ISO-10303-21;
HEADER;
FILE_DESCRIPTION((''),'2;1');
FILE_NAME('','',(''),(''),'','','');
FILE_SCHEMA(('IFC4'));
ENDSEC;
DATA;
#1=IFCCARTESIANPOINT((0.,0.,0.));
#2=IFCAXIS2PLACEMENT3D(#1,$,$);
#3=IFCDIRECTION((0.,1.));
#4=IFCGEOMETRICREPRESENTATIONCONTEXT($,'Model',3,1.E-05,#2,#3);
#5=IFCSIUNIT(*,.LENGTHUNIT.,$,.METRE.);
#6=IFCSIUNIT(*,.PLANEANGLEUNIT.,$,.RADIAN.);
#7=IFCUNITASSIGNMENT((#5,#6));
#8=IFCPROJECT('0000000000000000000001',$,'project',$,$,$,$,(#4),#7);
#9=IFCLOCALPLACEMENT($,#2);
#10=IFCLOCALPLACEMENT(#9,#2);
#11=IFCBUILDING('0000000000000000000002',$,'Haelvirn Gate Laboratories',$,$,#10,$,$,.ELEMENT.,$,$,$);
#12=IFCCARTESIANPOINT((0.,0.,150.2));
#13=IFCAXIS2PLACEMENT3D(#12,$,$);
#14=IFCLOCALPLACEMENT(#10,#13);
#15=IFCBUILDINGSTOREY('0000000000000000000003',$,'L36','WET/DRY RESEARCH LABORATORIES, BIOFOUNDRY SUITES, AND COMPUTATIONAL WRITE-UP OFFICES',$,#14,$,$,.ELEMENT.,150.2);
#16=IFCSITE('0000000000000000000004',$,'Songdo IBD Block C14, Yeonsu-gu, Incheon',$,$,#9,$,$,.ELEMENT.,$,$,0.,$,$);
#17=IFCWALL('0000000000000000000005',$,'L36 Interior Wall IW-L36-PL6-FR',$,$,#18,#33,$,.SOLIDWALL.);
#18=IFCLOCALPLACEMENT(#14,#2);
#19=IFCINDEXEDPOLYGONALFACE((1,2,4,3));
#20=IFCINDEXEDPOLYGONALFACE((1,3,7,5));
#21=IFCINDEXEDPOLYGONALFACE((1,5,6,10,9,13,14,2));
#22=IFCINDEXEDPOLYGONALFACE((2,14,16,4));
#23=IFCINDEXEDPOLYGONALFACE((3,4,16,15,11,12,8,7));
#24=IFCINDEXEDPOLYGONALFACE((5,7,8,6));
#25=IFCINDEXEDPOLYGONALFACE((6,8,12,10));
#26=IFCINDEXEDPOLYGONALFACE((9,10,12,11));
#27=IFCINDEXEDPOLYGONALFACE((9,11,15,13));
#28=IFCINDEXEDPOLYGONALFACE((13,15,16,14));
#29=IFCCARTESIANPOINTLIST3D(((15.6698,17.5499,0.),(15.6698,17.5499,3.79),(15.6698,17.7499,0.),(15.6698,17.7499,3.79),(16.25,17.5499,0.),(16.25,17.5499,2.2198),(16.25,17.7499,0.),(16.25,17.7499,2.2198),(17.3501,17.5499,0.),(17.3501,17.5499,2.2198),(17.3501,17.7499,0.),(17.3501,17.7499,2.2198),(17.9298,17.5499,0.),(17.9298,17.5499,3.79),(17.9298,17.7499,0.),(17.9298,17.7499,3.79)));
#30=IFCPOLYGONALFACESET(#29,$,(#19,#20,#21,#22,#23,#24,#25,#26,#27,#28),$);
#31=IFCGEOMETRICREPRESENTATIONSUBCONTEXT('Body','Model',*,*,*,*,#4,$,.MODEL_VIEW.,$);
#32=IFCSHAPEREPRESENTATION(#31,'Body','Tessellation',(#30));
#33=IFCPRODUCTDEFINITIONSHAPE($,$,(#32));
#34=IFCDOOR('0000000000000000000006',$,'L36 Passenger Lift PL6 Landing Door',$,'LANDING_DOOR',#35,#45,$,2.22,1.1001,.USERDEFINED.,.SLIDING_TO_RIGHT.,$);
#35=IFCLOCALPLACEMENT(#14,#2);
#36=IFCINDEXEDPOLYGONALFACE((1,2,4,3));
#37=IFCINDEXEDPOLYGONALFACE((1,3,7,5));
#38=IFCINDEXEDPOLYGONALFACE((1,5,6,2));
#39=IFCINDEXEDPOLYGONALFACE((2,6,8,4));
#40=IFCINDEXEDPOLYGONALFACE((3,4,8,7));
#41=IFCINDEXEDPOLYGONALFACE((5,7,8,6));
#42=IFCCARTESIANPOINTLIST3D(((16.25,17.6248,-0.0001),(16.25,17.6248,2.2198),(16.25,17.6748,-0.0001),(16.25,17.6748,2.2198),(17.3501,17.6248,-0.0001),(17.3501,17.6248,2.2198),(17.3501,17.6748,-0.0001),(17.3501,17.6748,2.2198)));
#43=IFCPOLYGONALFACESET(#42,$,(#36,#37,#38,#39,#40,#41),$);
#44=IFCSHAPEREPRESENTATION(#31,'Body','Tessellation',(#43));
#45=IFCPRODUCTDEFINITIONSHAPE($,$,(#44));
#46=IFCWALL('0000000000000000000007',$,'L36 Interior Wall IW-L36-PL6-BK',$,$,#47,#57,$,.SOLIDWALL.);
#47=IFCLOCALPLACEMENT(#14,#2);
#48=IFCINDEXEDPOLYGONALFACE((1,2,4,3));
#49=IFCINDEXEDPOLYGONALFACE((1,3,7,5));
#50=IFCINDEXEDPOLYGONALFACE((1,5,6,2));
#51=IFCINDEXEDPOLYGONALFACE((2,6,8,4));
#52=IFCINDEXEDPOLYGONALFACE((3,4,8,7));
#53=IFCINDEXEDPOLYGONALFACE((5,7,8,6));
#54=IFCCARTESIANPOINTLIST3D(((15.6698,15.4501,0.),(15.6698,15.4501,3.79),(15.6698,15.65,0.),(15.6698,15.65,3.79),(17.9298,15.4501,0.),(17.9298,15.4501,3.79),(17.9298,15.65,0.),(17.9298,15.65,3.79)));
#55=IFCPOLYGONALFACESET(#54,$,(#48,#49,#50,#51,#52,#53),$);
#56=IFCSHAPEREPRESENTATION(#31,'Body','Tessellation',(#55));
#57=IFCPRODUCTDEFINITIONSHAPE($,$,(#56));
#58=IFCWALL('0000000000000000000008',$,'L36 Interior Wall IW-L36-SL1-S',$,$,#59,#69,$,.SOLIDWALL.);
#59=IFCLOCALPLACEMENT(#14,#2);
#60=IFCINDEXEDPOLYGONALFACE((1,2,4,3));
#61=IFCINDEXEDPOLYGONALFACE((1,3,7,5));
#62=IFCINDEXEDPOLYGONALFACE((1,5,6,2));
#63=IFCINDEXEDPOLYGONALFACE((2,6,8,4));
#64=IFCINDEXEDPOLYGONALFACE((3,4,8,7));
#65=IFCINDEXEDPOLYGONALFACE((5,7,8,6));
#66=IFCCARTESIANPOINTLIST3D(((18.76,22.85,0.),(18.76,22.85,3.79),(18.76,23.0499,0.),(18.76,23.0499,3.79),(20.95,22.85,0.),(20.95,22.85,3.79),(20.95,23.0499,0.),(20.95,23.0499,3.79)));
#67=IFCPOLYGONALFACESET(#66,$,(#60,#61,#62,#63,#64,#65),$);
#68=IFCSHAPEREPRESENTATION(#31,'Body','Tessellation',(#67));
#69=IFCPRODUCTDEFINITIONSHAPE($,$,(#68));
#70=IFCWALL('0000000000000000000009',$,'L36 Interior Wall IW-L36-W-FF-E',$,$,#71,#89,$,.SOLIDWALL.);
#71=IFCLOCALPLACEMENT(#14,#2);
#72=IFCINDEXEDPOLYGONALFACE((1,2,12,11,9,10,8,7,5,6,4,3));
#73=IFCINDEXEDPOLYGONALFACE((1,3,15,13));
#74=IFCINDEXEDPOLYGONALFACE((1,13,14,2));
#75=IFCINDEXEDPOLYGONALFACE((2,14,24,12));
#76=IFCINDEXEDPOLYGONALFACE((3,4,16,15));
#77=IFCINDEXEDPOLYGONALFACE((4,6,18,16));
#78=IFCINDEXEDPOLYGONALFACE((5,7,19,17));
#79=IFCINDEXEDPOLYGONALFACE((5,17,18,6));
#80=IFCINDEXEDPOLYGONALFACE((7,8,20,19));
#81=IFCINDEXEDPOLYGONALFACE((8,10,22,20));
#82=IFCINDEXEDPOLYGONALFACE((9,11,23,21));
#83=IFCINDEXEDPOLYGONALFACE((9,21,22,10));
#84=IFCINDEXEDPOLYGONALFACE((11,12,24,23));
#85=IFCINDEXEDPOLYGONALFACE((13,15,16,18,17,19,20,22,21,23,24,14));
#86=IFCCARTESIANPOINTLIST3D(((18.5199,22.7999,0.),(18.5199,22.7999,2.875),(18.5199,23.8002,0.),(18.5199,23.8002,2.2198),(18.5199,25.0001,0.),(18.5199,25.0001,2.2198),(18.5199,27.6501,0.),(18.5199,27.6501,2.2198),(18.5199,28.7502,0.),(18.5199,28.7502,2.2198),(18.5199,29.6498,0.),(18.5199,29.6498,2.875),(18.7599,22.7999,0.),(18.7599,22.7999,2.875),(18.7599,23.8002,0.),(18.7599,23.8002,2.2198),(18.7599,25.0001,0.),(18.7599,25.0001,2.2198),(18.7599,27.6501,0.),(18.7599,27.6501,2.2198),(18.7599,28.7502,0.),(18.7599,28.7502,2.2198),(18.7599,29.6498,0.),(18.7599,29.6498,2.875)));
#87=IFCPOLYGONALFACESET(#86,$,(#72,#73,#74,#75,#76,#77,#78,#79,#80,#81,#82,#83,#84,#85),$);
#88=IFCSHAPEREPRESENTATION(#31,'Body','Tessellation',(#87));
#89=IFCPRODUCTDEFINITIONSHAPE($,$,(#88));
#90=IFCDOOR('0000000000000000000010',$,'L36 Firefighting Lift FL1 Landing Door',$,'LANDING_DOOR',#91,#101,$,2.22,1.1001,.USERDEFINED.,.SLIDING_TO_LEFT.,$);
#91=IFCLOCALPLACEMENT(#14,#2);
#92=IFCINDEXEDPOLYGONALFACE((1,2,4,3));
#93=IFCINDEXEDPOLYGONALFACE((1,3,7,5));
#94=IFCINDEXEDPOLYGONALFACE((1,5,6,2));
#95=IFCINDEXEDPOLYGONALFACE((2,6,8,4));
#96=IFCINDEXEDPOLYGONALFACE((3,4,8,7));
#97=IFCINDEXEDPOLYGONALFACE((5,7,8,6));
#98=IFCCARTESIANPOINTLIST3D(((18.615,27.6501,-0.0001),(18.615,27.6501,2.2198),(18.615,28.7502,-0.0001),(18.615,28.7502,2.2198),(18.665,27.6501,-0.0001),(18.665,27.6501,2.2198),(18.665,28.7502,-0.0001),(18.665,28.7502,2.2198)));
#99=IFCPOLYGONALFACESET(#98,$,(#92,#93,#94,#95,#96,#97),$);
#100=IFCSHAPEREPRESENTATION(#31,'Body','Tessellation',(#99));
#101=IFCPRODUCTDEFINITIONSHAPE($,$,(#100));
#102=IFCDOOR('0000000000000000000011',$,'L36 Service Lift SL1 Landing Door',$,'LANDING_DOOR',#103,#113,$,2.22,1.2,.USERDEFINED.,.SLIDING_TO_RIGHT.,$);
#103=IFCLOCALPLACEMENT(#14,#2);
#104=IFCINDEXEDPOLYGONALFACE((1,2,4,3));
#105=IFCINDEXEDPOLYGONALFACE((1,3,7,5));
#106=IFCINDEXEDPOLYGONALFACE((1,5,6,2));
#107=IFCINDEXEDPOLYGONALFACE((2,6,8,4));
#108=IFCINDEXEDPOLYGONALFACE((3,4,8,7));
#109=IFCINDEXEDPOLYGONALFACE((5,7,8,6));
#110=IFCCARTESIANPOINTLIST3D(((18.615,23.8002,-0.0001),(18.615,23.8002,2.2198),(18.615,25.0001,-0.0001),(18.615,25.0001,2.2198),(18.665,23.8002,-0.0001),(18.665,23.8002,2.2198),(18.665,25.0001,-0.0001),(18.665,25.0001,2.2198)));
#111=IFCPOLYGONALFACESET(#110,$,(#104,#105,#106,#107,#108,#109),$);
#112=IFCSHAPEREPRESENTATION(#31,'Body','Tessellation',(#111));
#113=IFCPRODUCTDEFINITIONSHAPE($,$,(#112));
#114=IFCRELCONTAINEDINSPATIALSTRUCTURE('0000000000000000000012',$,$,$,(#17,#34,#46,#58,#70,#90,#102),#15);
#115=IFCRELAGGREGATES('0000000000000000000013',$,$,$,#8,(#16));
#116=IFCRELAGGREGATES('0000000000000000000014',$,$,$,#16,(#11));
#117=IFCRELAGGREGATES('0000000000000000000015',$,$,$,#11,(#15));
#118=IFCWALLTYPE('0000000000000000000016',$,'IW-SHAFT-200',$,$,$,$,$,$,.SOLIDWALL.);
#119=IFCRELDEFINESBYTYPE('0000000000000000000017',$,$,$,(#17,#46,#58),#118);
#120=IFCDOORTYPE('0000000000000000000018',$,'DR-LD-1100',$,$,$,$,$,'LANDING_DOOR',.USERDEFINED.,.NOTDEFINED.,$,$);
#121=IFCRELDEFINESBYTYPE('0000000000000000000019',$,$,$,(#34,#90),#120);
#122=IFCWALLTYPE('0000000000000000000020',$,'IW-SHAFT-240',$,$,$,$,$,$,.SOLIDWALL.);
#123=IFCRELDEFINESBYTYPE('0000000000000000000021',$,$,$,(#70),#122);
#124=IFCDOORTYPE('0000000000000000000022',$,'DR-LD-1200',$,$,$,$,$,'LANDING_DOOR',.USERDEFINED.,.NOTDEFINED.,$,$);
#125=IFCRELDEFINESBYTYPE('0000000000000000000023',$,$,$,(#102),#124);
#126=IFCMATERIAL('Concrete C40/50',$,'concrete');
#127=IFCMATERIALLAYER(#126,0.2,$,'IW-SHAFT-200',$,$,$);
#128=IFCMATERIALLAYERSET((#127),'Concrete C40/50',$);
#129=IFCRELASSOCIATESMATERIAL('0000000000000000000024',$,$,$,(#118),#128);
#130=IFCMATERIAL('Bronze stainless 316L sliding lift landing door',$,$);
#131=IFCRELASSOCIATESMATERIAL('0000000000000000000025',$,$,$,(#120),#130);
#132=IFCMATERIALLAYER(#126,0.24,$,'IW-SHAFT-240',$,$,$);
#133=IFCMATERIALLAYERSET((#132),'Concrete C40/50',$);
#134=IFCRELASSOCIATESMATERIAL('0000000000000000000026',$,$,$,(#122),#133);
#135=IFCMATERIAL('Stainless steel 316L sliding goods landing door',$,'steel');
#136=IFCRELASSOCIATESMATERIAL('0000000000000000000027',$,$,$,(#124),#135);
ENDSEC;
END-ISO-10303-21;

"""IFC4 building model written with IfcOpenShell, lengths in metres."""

from ifc_helpers import new_model, si_unit, direction, frame, frame_2d, origin, place, context, subcontext, project, spatial, rectangle, extrude, source, transform, mapped, material, layer, layer_set, type_object, type_shapes, element, fill, save


model = new_model("IFC4")

# Units and contexts
model_context = context("Model", 3, precision=1e-05, world=origin(), true_north=direction((0.0, 1.0)))
body_context = subcontext(model_context, "Body", "Model", "MODEL_VIEW")
ifc_project = project(units=[si_unit("LENGTHUNIT", "METRE"), si_unit("PLANEANGLEUNIT", "RADIAN")], contexts=[model_context])

# Site, building, storey
site_placement = place(None, origin())
site = spatial("IfcSite", under=ifc_project, at=site_placement, Name="Songdo IBD Block C14, Yeonsu-gu, Incheon", CompositionType="ELEMENT", RefElevation=0.0)
building_placement = place(site_placement, origin())
building = spatial("IfcBuilding", under=site, at=building_placement, Name="Haelvirn Gate Laboratories", CompositionType="ELEMENT")
storey_placement = place(building_placement, frame((0.0, 0.0, 150.2)))
storey = spatial("IfcBuildingStorey", under=building, at=storey_placement, Name="L36", Description="WET/DRY RESEARCH LABORATORIES, BIOFOUNDRY SUITES, AND COMPUTATIONAL WRITE-UP OFFICES", CompositionType="ELEMENT", Elevation=150.2)

# Shared definitions
ifc_material_1 = material(Name="Concrete C40/50", Category="concrete")

# Wall, opening, door
ifc_layer_1 = layer(ifc_material_1, 0.2, Name="IW-SHAFT-200")
ifc_layer_set_1 = layer_set([ifc_layer_1], Name="Concrete C40/50")
wall_type_1 = type_object("IfcWallType", Name="IW-SHAFT-200", PredefinedType="SOLIDWALL", material=ifc_layer_set_1)
wall_1_placement = place(storey_placement, frame((15.6699, 17.6499, 0.0), z_axis=(0.0, 0.0, 1.0), x_axis=(1.0, 0.0, 0.0)))
wall_1 = element("IfcWall", 1, at=wall_1_placement, inside=storey, type_object=wall_type_1, Name="L36 Interior Wall IW-L36-PL6-FR", PredefinedType="SOLIDWALL", context=body_context, shape_type="SweptSolid", body=[
    extrude(rectangle(XDim=2.26, YDim=0.2, at=frame_2d((1.1299, 0.0))), origin(), (0.0, 0.0, 1.0), 3.79),
])
opening_1_placement = place(wall_1_placement, frame((0.5801, 0.0, 0.0)))
opening_1 = element("IfcOpeningElement", 2, at=opening_1_placement, cuts=wall_1, PredefinedType="OPENING", context=body_context, shape_type="SweptSolid", body=[
    extrude(rectangle(XDim=1.1001, YDim=2.22, at=frame_2d((0.55, 1.1099))), frame((0.0, 0.1099, 0.0), z_axis=(0.0, -1.0, 0.0), x_axis=(1.0, 0.0, 0.0)), (0.0, 0.0, 1.0), 0.22),
])
ifc_material_2 = material(Name="Bronze stainless 316L sliding lift landing door")
door_type_1 = type_object("IfcDoorType", Name="DR-LD-1100", ElementType="LANDING_DOOR", OperationType="NOTDEFINED", PredefinedType="USERDEFINED", material=ifc_material_2)
shared_shape_1 = source(origin(), body_context, "Body", "SweptSolid", [
    extrude(rectangle(XDim=1.1001, YDim=2.22, at=frame_2d((0.55, 1.1099))), frame((0.0, 0.0249, 0.0), z_axis=(0.0, -1.0, 0.0), x_axis=(1.0, 0.0, 0.0)), (0.0, 0.0, 1.0), 0.05),
])
type_shapes(door_type_1, [shared_shape_1])
door_1_placement = place(opening_1_placement, origin())
door_1 = element("IfcDoor", 3, at=door_1_placement, inside=storey, type_object=door_type_1, Name="L36 Passenger Lift PL6 Landing Door", ObjectType="LANDING_DOOR", OperationType="SLIDING_TO_RIGHT", OverallHeight=2.22, OverallWidth=1.1001, PredefinedType="USERDEFINED", context=body_context, shape_type="MappedRepresentation", body=[
    mapped(shared_shape_1, transform((0.0, 0.0, 0.0), scale=1.0)),
])
fill(opening_1, door_1)

# Walls
wall_2_placement = place(storey_placement, frame((15.6699, 15.55, 0.0), z_axis=(0.0, 0.0, 1.0), x_axis=(1.0, 0.0, 0.0)))
element("IfcWall", 4, at=wall_2_placement, inside=storey, type_object=wall_type_1, Name="L36 Interior Wall IW-L36-PL6-BK", PredefinedType="SOLIDWALL", context=body_context, shape_type="SweptSolid", body=[
    extrude(rectangle(XDim=2.26, YDim=0.2, at=frame_2d((1.1299, 0.0))), origin(), (0.0, 0.0, 1.0), 3.79),
])
wall_3_placement = place(storey_placement, frame((18.76, 22.95, 0.0), z_axis=(0.0, 0.0, 1.0), x_axis=(1.0, 0.0, 0.0)))
element("IfcWall", 5, at=wall_3_placement, inside=storey, type_object=wall_type_1, Name="L36 Interior Wall IW-L36-SL1-S", PredefinedType="SOLIDWALL", context=body_context, shape_type="SweptSolid", body=[
    extrude(rectangle(XDim=2.1899, YDim=0.2, at=frame_2d((1.095, 0.0))), origin(), (0.0, 0.0, 1.0), 3.79),
])

# Wall, openings, doors
ifc_layer_2 = layer(ifc_material_1, 0.24, Name="IW-SHAFT-240")
ifc_layer_set_2 = layer_set([ifc_layer_2], Name="Concrete C40/50")
wall_type_2 = type_object("IfcWallType", Name="IW-SHAFT-240", PredefinedType="SOLIDWALL", material=ifc_layer_set_2)
wall_4_placement = place(storey_placement, frame((18.6399, 22.8, 0.0), z_axis=(0.0, 0.0, 1.0), x_axis=(0.0, 1.0, 0.0)))
wall_4 = element("IfcWall", 6, at=wall_4_placement, inside=storey, type_object=wall_type_2, Name="L36 Interior Wall IW-L36-W-FF-E", PredefinedType="SOLIDWALL", context=body_context, shape_type="SweptSolid", body=[
    extrude(rectangle(XDim=6.8499, YDim=0.24, at=frame_2d((3.4248, 0.0))), origin(), (0.0, 0.0, 1.0), 2.875),
])
opening_2_placement = place(wall_4_placement, frame((4.8501, 0.0, 0.0)))
opening_2 = element("IfcOpeningElement", 7, at=opening_2_placement, cuts=wall_4, PredefinedType="OPENING", context=body_context, shape_type="SweptSolid", body=[
    extrude(rectangle(XDim=1.1001, YDim=2.22, at=frame_2d((0.55, 1.1099))), frame((0.0, 0.1299, 0.0), z_axis=(0.0, -1.0, 0.0), x_axis=(1.0, 0.0, 0.0)), (0.0, 0.0, 1.0), 0.26),
])
opening_3_placement = place(wall_4_placement, frame((1.0, 0.0, 0.0)))
opening_3 = element("IfcOpeningElement", 8, at=opening_3_placement, cuts=wall_4, PredefinedType="OPENING", context=body_context, shape_type="SweptSolid", body=[
    extrude(rectangle(XDim=1.2, YDim=2.22, at=frame_2d((0.6001, 1.1099))), frame((0.0, 0.1299, 0.0), z_axis=(0.0, -1.0, 0.0), x_axis=(1.0, 0.0, 0.0)), (0.0, 0.0, 1.0), 0.26),
])
door_2_placement = place(opening_2_placement, origin())
door_2 = element("IfcDoor", 9, at=door_2_placement, inside=storey, type_object=door_type_1, Name="L36 Firefighting Lift FL1 Landing Door", ObjectType="LANDING_DOOR", OperationType="SLIDING_TO_LEFT", OverallHeight=2.22, OverallWidth=1.1001, PredefinedType="USERDEFINED", context=body_context, shape_type="MappedRepresentation", body=[
    mapped(shared_shape_1, transform((0.0, 0.0, 0.0), scale=1.0)),
])
fill(opening_2, door_2)
ifc_material_3 = material(Name="Stainless steel 316L sliding goods landing door", Category="steel")
door_type_2 = type_object("IfcDoorType", Name="DR-LD-1200", ElementType="LANDING_DOOR", OperationType="NOTDEFINED", PredefinedType="USERDEFINED", material=ifc_material_3)
shared_shape_2 = source(origin(), body_context, "Body", "SweptSolid", [
    extrude(rectangle(XDim=1.2, YDim=2.22, at=frame_2d((0.6001, 1.1099))), frame((0.0, 0.0249, 0.0), z_axis=(0.0, -1.0, 0.0), x_axis=(1.0, 0.0, 0.0)), (0.0, 0.0, 1.0), 0.05),
])
type_shapes(door_type_2, [shared_shape_2])
door_3_placement = place(opening_3_placement, origin())
door_3 = element("IfcDoor", 10, at=door_3_placement, inside=storey, type_object=door_type_2, Name="L36 Service Lift SL1 Landing Door", ObjectType="LANDING_DOOR", OperationType="SLIDING_TO_RIGHT", OverallHeight=2.22, OverallWidth=1.2, PredefinedType="USERDEFINED", context=body_context, shape_type="MappedRepresentation", body=[
    mapped(shared_shape_2, transform((0.0, 0.0, 0.0), scale=1.0)),
])
fill(opening_3, door_3)

save(model, "model.ifc")
